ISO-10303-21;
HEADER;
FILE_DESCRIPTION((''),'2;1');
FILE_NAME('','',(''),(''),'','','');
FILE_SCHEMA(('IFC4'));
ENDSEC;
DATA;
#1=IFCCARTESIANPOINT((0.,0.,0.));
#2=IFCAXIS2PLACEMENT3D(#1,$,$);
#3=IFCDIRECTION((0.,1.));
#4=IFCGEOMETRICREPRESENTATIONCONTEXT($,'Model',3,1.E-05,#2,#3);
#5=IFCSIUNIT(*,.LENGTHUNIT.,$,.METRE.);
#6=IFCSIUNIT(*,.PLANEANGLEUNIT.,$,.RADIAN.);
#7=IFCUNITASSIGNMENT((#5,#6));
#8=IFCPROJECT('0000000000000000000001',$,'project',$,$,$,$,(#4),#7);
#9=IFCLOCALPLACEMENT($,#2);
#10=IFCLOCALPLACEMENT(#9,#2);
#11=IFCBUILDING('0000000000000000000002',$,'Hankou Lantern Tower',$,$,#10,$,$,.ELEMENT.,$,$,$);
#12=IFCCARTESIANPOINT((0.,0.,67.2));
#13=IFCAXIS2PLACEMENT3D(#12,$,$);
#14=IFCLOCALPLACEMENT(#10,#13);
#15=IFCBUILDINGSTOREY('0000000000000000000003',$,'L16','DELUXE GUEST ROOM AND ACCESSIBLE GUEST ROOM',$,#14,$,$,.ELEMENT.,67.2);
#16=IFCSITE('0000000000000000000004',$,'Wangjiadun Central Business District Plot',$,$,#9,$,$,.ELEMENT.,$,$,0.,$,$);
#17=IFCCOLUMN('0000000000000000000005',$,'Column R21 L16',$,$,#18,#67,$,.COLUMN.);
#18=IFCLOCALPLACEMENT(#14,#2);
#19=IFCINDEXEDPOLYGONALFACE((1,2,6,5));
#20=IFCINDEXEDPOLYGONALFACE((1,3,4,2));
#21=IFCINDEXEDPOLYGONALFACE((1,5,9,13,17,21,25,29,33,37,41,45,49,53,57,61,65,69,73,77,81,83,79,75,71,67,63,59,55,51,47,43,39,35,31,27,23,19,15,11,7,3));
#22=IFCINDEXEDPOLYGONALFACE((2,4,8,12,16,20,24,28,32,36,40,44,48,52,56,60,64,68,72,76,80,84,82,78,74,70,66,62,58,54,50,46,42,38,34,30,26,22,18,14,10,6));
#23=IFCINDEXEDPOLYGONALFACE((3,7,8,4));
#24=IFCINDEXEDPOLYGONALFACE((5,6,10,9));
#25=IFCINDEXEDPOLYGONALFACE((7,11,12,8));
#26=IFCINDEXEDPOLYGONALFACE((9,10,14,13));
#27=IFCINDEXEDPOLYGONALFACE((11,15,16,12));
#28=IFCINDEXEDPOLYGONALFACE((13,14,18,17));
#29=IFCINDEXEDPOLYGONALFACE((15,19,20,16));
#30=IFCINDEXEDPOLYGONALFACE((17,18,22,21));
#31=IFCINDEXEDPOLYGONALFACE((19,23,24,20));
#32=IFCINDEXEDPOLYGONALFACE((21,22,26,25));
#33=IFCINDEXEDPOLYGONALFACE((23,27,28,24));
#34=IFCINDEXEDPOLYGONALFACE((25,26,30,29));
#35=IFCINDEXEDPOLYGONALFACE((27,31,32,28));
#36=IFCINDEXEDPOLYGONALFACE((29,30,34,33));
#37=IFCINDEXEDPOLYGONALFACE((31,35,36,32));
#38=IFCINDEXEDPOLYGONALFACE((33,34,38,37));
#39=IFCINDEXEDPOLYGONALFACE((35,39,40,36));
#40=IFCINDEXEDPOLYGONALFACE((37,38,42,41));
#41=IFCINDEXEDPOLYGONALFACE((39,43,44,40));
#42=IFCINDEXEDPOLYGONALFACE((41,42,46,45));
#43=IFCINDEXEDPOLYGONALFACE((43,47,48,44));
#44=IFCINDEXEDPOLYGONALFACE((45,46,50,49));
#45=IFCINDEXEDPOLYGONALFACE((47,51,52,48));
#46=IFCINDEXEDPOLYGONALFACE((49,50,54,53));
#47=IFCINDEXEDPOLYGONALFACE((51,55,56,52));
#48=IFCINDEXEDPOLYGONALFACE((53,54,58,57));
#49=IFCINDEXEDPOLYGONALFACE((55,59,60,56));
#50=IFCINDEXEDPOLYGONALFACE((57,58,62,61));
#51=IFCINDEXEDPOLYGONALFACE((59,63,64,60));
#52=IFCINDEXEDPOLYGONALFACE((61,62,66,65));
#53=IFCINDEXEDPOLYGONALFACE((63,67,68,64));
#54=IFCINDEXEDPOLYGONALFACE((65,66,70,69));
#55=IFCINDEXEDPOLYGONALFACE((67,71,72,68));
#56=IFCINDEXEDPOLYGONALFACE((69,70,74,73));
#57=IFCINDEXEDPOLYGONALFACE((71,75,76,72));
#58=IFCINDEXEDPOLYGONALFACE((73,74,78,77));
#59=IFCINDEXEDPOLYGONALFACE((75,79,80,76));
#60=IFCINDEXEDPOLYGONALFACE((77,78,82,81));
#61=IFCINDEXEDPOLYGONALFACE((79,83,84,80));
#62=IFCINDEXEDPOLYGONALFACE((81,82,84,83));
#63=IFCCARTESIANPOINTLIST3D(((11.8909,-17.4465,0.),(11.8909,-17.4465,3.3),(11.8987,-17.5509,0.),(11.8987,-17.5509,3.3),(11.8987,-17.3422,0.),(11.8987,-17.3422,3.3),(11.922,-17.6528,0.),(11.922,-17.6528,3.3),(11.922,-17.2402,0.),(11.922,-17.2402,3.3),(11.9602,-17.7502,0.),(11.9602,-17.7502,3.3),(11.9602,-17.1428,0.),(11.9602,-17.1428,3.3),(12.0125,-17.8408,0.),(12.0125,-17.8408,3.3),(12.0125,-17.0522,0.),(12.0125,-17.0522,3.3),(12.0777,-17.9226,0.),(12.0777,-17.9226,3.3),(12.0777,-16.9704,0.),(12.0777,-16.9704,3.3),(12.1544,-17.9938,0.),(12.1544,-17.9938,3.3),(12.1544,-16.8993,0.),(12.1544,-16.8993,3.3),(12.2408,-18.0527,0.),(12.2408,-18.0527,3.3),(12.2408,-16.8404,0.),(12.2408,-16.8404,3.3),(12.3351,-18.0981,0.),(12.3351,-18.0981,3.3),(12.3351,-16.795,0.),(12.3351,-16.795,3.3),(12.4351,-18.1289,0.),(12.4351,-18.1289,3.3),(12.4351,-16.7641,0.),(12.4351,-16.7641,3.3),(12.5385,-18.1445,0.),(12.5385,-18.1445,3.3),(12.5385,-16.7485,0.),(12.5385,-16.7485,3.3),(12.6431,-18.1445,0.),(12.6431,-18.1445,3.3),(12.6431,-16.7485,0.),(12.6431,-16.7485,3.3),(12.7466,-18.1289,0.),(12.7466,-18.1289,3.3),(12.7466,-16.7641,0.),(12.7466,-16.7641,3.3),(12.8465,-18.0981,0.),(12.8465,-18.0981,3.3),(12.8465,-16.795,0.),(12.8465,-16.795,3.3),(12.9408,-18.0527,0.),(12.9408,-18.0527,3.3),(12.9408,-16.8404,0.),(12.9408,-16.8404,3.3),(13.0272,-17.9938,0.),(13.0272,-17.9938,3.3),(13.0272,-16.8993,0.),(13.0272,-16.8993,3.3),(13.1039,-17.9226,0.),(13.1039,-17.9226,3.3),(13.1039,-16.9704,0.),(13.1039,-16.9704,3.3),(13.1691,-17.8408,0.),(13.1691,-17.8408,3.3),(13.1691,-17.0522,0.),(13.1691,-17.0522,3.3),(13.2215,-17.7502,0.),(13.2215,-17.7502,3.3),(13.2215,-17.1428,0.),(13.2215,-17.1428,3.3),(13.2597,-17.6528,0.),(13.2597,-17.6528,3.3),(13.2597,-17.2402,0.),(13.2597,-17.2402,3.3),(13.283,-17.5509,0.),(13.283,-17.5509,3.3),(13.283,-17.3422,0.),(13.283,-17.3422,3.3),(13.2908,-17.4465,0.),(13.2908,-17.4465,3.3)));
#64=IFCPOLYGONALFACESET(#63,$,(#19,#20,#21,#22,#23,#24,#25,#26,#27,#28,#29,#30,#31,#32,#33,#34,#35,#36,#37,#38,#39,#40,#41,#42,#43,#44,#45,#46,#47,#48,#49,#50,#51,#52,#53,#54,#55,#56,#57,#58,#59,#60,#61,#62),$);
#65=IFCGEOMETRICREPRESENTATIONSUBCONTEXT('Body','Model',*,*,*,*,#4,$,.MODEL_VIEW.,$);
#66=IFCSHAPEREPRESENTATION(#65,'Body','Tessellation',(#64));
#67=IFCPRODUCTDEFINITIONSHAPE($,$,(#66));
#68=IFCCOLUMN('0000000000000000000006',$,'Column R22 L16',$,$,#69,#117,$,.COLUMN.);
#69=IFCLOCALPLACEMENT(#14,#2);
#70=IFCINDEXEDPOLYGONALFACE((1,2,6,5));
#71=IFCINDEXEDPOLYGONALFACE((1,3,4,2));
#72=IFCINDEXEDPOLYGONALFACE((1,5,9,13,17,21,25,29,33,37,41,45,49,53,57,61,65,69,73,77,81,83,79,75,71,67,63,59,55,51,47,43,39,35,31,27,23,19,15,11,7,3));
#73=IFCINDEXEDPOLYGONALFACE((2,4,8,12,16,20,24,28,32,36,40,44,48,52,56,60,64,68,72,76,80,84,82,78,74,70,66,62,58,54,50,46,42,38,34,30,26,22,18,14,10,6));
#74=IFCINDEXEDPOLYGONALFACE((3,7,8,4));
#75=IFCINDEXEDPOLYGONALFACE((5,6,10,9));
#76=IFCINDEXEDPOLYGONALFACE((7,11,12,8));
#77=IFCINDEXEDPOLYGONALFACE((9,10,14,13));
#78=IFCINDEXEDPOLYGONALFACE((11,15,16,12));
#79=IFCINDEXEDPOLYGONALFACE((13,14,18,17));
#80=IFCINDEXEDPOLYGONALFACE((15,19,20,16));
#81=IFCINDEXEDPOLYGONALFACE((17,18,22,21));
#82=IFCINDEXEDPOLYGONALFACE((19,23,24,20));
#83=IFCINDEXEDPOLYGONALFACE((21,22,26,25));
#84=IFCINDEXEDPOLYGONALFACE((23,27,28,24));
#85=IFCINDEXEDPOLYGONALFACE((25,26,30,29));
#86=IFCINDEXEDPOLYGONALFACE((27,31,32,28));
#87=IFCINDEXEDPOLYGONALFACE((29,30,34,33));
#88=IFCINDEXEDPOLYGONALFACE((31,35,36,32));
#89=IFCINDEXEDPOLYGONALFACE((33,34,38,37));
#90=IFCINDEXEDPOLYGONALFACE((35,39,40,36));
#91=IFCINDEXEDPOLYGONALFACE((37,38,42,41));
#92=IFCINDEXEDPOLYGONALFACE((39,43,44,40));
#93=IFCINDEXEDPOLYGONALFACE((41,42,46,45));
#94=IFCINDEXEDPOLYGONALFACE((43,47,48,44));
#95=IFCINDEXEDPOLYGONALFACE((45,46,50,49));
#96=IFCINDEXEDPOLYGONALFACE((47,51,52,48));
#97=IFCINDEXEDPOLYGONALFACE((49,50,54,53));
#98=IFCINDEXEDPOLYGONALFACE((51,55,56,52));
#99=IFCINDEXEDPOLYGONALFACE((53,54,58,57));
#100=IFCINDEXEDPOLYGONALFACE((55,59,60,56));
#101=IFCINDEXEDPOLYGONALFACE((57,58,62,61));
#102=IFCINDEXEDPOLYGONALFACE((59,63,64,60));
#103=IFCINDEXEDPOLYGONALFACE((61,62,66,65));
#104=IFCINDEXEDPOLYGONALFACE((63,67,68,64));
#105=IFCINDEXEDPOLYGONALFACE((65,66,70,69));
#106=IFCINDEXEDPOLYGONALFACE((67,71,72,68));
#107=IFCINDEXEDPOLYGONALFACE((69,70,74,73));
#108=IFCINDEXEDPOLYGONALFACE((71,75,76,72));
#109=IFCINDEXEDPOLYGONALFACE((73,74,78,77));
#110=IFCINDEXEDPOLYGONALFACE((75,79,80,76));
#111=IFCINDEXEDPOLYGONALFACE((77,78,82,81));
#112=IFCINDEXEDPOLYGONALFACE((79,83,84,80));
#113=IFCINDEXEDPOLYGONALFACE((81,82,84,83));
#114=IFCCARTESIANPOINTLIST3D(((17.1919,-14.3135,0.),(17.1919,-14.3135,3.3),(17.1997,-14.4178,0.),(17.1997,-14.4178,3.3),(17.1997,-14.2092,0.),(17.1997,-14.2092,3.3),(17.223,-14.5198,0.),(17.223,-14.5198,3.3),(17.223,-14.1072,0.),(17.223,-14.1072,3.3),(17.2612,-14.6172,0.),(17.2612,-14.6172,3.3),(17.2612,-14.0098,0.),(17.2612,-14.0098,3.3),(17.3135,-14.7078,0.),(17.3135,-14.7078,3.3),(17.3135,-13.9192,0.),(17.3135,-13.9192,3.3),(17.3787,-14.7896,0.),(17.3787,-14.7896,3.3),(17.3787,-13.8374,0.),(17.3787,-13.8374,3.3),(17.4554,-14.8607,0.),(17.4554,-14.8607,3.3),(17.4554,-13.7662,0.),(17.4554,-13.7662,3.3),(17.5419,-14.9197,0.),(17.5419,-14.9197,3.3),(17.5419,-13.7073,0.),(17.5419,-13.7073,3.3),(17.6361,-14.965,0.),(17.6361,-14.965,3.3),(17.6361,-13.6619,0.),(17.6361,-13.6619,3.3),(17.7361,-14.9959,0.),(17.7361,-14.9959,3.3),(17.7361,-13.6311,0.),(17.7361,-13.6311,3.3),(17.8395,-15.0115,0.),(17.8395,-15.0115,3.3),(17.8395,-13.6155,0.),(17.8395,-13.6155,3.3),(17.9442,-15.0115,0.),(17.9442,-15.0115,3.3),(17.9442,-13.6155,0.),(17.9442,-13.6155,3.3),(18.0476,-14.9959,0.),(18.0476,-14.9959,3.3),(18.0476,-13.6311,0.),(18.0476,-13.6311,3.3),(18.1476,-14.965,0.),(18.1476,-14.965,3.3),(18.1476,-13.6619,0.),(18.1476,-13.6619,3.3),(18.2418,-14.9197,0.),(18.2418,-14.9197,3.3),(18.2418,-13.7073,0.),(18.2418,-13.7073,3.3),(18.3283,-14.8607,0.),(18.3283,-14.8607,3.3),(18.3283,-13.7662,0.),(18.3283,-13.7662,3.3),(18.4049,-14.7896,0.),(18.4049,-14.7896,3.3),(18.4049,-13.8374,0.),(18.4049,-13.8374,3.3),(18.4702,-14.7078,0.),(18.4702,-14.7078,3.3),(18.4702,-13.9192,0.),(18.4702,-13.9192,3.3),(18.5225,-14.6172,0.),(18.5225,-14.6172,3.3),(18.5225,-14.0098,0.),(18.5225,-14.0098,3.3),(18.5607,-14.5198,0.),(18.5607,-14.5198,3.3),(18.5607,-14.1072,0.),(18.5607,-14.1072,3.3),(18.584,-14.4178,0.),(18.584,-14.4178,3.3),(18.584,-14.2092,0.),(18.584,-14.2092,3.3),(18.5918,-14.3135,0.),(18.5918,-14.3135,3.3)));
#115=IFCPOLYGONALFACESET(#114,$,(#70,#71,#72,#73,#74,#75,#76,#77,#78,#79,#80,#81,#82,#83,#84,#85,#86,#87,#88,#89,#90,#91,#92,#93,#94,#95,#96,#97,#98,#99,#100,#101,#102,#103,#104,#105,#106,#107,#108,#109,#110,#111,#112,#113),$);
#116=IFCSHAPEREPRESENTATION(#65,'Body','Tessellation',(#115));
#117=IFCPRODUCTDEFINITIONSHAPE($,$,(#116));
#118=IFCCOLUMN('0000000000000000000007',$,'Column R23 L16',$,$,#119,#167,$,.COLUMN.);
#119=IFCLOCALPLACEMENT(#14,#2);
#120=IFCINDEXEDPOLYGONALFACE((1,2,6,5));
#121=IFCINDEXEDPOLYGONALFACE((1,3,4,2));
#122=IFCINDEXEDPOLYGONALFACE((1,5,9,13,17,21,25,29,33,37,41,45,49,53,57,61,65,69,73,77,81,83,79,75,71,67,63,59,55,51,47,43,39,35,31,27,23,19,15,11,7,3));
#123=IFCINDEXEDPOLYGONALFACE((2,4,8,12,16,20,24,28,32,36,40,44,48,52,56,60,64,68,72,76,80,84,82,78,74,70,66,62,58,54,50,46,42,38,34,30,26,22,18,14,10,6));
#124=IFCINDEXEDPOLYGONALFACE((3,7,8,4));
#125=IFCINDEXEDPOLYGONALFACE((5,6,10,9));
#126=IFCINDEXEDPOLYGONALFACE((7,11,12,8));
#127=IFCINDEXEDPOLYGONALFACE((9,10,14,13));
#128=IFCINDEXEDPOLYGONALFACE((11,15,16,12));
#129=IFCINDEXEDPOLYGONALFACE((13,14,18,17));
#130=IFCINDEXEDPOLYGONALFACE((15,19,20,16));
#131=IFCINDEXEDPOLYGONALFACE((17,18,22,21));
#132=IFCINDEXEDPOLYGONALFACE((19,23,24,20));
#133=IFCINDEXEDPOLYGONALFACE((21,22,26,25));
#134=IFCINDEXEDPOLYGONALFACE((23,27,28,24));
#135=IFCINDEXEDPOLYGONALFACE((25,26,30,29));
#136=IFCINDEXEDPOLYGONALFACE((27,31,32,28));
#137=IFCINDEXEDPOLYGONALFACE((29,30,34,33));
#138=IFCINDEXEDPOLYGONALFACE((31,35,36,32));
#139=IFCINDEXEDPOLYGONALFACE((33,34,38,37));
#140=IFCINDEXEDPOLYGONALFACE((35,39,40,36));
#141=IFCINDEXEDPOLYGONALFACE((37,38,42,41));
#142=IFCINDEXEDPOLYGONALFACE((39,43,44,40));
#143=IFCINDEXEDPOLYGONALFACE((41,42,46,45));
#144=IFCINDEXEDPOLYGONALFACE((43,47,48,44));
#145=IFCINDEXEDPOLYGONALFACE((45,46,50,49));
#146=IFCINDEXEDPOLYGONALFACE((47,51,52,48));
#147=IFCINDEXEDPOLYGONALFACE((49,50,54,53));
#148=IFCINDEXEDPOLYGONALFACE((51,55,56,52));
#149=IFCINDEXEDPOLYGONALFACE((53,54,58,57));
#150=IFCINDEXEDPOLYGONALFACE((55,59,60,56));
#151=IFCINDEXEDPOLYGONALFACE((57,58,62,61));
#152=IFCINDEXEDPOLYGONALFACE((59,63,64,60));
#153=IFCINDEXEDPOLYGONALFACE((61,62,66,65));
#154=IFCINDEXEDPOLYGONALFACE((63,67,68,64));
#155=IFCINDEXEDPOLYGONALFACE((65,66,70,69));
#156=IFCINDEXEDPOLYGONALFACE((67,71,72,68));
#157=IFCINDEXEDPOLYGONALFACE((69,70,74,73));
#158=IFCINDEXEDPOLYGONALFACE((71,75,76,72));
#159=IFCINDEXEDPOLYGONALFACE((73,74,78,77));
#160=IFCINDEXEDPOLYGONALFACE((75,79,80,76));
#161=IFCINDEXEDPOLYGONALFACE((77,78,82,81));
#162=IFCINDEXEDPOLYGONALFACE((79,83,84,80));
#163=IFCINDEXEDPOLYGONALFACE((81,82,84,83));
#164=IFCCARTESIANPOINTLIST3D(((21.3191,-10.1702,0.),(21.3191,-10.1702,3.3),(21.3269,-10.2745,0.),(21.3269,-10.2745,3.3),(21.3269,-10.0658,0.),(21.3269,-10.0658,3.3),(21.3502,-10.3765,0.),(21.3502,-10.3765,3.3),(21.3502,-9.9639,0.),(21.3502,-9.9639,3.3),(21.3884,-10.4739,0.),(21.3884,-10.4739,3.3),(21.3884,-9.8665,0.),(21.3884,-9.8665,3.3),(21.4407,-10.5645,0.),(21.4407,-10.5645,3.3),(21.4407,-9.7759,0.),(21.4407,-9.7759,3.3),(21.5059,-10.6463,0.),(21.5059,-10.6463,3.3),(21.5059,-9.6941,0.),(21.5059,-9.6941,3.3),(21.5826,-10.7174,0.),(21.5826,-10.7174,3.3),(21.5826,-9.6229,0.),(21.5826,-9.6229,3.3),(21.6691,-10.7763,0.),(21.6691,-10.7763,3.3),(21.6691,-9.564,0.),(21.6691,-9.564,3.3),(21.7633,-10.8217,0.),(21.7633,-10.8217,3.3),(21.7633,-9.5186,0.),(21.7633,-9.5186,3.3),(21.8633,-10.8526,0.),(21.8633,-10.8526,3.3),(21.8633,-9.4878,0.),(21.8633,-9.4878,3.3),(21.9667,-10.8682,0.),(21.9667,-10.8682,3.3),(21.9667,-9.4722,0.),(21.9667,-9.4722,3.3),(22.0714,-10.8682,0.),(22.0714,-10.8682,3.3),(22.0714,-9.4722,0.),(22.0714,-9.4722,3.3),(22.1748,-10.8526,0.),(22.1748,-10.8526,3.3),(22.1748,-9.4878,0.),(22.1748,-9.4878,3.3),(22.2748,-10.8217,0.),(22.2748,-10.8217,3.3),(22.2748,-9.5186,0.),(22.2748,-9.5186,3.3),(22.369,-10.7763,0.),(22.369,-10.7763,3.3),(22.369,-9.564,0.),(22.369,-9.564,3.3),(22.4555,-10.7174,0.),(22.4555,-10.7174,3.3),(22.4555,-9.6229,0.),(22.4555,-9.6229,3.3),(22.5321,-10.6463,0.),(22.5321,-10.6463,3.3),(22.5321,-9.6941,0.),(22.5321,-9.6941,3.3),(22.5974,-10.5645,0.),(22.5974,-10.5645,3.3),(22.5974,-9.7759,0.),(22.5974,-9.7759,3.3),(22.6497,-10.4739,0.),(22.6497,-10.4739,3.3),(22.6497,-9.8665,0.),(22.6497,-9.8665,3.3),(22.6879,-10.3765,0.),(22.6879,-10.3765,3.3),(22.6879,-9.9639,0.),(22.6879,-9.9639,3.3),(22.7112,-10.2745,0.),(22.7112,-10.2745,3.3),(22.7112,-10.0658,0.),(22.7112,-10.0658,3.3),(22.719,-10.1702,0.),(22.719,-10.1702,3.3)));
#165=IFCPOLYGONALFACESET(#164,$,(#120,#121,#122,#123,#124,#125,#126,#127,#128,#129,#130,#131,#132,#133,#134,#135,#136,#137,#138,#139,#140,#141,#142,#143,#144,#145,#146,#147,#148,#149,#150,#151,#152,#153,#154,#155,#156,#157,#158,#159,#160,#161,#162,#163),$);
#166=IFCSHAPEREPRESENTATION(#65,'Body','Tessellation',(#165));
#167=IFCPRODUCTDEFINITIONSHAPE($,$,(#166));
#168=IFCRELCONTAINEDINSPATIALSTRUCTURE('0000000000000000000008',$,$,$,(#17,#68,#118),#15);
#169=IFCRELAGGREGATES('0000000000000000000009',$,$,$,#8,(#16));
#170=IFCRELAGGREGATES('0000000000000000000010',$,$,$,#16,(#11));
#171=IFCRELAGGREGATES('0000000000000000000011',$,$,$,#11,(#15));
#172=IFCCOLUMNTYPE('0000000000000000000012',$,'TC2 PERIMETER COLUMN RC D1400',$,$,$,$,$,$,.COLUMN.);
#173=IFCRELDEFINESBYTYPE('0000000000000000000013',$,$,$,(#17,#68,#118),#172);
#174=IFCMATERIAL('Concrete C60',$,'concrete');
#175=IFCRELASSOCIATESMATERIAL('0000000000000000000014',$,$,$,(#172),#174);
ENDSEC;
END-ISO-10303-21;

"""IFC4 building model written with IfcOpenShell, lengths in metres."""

from ifc_helpers import new_model, si_unit, direction, frame, origin, origin_2d, place, context, subcontext, project, spatial, circle, extrude, material, material_profile, profile_set, type_object, element, save


model = new_model("IFC4")

# Units and contexts
model_context = context("Model", 3, precision=1e-05, world=origin(), true_north=direction((0.0, 1.0)))
body_context = subcontext(model_context, "Body", "Model", "MODEL_VIEW")
ifc_project = project(units=[si_unit("LENGTHUNIT", "METRE"), si_unit("PLANEANGLEUNIT", "RADIAN")], contexts=[model_context])

# Site, building, storey
site_placement = place(None, origin())
site = spatial("IfcSite", under=ifc_project, at=site_placement, Name="Wangjiadun Central Business District Plot", CompositionType="ELEMENT", RefElevation=0.0)
building_placement = place(site_placement, origin())
building = spatial("IfcBuilding", under=site, at=building_placement, Name="Hankou Lantern Tower", CompositionType="ELEMENT")
storey_placement = place(building_placement, frame((0.0, 0.0, 67.2)))
storey = spatial("IfcBuildingStorey", under=building, at=storey_placement, Name="L16", Description="DELUXE GUEST ROOM AND ACCESSIBLE GUEST ROOM", CompositionType="ELEMENT", Elevation=67.2)

# Columns
ifc_material_1 = material(Name="Concrete C60", Category="concrete")
ifc_material_profile_1 = material_profile(ifc_material_1, circle(Radius=0.7, at=origin_2d()), Name="RC D1400")
ifc_profile_set_1 = profile_set([ifc_material_profile_1], Name="Concrete C60")
column_type = type_object("IfcColumnType", Name="TC2 PERIMETER COLUMN RC D1400", PredefinedType="COLUMN", material=ifc_profile_set_1)
for number, where, z_axis, x_axis, name in (
    (1, (12.5908, -17.4465, 0.0), (0.0, 0.0, 1.0), (1.0, 0.0, 0.0), "Column R21 L16"),
    (2, (17.8918, -14.3135, 0.0), (0.0, 0.0, 1.0), (1.0, 0.0, 0.0), "Column R22 L16"),
    (3, (22.019, -10.1702, 0.0), (0.0, 0.0, 1.0), (1.0, 0.0, 0.0), "Column R23 L16"),
):
    element("IfcColumn", number, at=place(storey_placement, frame(where, z_axis=z_axis, x_axis=x_axis)), inside=storey, type_object=column_type, Name=name, PredefinedType="COLUMN", context=body_context, shape_type="SweptSolid", body=[
        extrude(circle(Radius=0.7, at=origin_2d()), origin(), (0.0, 0.0, 1.0), 3.3),
    ])

save(model, "model.ifc")
